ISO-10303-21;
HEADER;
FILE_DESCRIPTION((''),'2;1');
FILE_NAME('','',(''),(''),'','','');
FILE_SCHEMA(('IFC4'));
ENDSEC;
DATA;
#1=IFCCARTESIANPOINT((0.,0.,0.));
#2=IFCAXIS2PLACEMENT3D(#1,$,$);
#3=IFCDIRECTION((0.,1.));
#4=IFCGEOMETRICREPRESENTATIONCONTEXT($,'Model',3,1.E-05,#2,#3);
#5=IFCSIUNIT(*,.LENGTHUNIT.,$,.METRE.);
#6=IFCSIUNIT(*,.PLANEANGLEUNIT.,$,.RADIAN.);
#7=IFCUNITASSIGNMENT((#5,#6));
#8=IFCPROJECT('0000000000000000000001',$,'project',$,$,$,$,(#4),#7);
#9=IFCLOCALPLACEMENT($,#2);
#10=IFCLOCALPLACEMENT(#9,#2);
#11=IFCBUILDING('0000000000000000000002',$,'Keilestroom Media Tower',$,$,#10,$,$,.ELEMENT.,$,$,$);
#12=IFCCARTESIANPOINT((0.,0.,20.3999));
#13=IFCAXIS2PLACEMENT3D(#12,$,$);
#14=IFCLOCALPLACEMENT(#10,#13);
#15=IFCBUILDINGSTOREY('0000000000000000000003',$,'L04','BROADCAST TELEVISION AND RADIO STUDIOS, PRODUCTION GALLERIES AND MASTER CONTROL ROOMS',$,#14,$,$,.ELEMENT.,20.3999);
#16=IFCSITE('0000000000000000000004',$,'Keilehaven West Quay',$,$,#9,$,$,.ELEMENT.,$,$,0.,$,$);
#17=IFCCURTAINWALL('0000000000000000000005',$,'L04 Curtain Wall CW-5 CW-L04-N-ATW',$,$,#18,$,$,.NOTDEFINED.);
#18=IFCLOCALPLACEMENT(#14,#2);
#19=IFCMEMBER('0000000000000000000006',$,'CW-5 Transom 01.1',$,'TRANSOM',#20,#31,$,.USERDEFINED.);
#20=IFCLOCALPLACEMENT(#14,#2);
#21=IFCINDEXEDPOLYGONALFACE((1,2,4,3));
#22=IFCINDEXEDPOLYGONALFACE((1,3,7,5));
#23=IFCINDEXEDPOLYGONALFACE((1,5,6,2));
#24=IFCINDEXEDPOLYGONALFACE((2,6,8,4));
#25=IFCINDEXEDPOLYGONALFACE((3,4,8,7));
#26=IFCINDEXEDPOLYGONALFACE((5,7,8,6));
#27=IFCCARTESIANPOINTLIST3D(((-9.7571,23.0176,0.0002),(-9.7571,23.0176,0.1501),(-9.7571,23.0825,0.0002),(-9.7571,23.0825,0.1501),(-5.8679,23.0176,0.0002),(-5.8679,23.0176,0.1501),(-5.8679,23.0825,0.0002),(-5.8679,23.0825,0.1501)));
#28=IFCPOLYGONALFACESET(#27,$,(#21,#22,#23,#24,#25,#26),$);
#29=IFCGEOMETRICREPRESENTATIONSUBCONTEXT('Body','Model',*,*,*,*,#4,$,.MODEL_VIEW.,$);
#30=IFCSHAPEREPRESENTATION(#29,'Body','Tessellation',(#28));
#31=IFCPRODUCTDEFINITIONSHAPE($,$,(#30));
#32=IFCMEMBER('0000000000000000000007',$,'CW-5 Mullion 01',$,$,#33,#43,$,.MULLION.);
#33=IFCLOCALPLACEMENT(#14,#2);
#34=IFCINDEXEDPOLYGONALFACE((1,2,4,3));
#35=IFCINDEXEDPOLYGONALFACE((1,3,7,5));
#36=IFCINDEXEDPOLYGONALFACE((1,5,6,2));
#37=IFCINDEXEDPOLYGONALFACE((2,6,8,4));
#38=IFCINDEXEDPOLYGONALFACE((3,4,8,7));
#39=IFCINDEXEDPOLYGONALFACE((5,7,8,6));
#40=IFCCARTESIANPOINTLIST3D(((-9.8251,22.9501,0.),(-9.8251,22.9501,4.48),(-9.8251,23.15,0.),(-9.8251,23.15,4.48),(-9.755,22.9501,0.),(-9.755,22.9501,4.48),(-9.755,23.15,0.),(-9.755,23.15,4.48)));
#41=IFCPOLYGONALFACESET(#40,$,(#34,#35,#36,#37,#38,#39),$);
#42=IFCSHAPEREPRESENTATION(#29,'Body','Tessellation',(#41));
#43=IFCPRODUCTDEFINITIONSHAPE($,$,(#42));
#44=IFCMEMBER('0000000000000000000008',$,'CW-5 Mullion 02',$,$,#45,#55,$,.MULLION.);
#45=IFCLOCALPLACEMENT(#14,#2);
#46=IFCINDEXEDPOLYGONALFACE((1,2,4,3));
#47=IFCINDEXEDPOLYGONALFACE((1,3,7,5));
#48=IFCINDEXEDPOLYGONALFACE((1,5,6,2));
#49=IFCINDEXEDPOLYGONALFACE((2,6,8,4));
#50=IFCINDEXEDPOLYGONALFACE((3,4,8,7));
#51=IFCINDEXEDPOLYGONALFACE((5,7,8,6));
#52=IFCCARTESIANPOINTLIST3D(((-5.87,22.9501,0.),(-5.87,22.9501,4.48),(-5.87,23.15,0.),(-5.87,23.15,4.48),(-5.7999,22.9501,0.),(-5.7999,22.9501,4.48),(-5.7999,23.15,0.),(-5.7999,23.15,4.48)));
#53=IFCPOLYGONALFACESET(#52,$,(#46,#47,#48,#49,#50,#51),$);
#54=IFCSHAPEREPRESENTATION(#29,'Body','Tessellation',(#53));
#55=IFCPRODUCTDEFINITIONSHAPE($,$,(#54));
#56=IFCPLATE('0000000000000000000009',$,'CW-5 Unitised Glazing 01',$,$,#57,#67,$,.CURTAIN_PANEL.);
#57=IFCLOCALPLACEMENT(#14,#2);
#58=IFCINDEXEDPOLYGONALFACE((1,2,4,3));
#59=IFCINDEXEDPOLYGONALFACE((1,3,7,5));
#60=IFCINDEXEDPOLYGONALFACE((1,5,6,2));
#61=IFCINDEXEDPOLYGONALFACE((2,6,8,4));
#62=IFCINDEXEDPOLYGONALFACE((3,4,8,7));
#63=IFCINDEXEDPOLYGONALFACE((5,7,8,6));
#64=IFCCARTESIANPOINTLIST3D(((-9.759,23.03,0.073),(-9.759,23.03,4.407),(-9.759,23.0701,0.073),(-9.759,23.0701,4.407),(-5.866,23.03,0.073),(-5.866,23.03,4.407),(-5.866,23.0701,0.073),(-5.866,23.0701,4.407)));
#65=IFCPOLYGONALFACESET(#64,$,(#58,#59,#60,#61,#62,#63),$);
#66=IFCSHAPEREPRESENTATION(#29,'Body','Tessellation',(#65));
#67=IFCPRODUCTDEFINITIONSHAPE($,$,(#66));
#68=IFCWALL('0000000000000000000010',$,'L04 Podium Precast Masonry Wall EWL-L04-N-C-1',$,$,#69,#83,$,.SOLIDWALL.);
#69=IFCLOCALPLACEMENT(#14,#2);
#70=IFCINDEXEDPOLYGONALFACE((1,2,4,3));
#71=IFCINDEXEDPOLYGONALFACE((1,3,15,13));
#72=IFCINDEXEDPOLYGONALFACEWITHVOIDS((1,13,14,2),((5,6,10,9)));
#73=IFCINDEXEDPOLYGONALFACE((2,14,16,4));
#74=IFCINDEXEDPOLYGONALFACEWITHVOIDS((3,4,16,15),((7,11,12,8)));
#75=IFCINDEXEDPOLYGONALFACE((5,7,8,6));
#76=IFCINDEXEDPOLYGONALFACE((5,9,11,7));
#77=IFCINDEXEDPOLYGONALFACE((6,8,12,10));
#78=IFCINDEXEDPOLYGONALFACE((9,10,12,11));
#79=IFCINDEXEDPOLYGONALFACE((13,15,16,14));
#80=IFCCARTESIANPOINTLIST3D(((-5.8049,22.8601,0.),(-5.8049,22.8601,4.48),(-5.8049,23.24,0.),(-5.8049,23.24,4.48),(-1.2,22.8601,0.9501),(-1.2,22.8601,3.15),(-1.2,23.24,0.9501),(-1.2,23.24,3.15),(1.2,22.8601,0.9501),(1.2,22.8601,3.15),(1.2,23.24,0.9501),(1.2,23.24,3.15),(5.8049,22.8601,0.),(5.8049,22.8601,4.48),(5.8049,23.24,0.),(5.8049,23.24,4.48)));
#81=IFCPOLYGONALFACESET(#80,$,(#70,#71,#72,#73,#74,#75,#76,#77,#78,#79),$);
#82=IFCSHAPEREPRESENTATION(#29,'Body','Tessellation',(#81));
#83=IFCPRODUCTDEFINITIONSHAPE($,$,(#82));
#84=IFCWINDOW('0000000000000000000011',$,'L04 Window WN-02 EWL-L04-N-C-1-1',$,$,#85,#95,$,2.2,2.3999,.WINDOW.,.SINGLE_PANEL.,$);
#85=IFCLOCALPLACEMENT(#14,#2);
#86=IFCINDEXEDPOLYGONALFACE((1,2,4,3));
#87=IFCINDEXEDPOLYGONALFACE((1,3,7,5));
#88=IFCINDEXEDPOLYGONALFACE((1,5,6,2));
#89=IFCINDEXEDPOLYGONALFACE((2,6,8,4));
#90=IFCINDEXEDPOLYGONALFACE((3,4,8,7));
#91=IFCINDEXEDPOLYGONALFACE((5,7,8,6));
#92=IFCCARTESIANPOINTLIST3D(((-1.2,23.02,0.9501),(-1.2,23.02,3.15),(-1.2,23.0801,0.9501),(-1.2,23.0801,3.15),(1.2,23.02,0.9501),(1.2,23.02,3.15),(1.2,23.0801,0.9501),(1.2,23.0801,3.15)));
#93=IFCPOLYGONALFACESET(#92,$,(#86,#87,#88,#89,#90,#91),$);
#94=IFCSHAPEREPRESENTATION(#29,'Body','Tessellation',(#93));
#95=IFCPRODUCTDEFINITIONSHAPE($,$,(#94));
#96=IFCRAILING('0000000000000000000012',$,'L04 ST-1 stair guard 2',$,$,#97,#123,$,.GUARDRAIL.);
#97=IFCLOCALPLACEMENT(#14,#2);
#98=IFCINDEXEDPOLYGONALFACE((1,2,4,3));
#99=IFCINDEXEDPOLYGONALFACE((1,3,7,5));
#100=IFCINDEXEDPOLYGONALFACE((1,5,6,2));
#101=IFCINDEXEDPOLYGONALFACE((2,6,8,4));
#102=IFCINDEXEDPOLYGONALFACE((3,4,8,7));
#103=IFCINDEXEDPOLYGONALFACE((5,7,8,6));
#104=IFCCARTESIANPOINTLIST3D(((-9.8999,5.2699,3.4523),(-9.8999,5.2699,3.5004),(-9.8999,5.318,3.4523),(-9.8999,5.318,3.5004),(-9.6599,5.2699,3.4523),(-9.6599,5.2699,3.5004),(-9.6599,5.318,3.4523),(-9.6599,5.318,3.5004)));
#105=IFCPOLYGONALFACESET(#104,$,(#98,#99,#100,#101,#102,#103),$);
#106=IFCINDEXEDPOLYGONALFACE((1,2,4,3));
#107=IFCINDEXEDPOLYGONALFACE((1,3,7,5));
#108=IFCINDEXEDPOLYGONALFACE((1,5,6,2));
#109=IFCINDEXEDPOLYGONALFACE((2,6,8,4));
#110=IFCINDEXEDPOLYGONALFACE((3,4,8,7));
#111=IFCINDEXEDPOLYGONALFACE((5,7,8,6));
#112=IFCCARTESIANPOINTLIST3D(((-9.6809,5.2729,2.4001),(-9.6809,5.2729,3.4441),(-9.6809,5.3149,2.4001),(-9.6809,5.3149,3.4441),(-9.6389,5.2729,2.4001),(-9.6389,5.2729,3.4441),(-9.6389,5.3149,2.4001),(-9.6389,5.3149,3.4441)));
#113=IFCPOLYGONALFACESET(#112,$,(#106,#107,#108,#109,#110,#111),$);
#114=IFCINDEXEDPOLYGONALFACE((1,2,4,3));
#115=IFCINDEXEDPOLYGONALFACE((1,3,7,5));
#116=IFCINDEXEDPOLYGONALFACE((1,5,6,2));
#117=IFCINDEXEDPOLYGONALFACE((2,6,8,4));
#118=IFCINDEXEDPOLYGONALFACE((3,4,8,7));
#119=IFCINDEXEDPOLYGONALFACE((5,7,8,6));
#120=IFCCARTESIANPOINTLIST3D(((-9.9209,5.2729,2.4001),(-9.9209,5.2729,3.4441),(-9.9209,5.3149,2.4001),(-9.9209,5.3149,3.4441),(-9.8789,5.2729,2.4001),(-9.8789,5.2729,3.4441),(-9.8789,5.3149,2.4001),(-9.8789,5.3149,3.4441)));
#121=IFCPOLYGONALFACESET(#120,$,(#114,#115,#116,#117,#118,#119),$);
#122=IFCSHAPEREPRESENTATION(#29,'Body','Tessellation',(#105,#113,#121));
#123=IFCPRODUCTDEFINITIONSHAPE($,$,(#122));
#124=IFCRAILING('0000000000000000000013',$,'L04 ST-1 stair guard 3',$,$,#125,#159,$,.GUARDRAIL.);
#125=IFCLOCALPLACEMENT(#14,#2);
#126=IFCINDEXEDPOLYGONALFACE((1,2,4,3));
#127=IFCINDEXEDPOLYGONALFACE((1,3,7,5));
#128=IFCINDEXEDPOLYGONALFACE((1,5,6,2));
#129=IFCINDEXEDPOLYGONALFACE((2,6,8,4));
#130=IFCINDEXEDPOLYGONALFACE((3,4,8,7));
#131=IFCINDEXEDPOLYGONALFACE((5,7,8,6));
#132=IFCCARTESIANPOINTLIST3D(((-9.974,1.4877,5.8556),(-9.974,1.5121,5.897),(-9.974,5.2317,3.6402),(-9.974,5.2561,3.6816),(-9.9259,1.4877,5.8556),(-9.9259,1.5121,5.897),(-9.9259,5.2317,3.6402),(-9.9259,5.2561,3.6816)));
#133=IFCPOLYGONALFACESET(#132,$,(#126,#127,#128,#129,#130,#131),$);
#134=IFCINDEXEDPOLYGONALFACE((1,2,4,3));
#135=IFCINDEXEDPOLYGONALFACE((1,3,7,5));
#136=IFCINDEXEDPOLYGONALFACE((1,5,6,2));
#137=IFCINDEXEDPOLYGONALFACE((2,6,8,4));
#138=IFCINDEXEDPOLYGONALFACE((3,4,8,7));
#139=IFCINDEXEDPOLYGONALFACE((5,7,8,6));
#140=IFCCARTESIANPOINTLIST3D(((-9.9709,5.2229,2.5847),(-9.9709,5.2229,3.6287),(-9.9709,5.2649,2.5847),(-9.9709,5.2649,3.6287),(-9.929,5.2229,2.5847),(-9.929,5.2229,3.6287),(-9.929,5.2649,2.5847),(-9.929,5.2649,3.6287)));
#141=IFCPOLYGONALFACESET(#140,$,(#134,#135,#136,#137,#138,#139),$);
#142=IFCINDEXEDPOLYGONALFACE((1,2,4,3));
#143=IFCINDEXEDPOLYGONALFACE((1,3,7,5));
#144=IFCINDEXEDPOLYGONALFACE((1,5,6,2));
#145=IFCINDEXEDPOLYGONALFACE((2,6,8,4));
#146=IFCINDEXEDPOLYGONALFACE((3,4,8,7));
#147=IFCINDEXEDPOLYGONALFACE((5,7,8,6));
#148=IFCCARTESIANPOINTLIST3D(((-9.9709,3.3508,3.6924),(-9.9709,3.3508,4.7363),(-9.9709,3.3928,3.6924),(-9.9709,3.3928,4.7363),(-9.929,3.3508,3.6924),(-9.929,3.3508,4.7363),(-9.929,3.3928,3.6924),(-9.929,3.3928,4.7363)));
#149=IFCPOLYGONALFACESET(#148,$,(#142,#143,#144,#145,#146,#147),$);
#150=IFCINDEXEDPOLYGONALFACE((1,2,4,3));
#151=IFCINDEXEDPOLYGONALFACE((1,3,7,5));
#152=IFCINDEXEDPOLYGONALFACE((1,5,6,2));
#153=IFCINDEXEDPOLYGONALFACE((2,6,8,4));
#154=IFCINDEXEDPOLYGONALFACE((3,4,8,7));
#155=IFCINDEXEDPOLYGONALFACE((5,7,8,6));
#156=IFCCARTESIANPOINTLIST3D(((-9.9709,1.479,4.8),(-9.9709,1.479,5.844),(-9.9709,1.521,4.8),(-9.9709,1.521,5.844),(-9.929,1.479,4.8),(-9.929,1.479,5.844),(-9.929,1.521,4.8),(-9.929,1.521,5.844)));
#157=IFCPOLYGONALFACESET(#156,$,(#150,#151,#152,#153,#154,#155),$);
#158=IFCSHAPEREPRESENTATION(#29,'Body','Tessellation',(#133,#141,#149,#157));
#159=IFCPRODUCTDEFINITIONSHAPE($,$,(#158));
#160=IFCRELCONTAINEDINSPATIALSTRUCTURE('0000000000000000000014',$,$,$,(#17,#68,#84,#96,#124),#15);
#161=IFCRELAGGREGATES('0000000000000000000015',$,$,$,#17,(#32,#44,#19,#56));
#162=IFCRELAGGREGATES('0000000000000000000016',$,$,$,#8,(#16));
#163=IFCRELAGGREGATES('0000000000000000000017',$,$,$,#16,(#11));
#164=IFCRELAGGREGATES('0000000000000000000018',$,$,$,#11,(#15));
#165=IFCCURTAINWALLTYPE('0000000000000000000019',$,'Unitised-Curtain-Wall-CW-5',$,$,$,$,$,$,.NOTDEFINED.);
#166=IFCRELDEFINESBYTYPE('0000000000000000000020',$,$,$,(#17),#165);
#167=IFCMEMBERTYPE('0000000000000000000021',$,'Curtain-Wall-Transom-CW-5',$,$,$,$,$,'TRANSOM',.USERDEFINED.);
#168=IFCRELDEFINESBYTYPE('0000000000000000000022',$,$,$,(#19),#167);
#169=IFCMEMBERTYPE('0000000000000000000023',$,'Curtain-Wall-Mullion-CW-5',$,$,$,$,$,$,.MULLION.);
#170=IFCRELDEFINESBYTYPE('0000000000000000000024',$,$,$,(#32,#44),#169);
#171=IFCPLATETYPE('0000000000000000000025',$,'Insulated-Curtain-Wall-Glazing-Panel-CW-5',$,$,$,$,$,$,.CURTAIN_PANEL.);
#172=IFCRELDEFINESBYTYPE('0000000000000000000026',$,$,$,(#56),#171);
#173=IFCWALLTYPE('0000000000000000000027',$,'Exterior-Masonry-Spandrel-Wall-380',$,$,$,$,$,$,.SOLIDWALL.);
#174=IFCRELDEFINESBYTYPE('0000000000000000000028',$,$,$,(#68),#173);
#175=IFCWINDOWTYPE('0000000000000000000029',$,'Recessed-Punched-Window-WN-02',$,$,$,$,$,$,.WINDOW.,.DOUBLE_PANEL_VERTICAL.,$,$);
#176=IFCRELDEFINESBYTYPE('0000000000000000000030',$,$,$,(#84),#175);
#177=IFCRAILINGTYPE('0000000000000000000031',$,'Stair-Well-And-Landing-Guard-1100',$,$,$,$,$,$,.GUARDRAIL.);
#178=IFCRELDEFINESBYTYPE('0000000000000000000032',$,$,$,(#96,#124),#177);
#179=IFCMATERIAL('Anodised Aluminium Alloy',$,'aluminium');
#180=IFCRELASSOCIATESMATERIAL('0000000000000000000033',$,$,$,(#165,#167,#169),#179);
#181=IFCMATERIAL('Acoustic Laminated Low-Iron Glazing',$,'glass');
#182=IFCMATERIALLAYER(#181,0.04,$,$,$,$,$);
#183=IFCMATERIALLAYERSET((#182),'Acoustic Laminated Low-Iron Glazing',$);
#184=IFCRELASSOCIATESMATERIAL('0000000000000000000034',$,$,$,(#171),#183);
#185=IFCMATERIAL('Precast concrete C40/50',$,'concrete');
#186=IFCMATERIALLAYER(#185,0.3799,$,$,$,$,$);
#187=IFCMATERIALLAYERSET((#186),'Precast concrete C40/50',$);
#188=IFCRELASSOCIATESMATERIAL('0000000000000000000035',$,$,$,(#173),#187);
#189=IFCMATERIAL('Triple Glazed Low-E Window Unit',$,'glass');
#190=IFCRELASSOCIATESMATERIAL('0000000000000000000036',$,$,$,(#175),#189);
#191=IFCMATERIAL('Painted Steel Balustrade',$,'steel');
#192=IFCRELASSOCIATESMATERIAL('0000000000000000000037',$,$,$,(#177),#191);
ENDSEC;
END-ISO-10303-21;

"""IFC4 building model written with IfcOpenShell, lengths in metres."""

from ifc_helpers import new_model, si_unit, direction, frame, frame_2d, origin, origin_2d, place, context, subcontext, project, spatial, rectangle, extrude, source, transform, mapped, material, layer, layer_set, material_profile, profile_set, type_object, element, fill, aggregate, save


model = new_model("IFC4")

# Units and contexts
model_context = context("Model", 3, precision=1e-05, world=origin(), true_north=direction((0.0, 1.0)))
body_context = subcontext(model_context, "Body", "Model", "MODEL_VIEW")
ifc_project = project(units=[si_unit("LENGTHUNIT", "METRE"), si_unit("PLANEANGLEUNIT", "RADIAN")], contexts=[model_context])

# Site, building, storey
site_placement = place(None, origin())
site = spatial("IfcSite", under=ifc_project, at=site_placement, Name="Keilehaven West Quay", CompositionType="ELEMENT", RefElevation=0.0)
building_placement = place(site_placement, origin())
building = spatial("IfcBuilding", under=site, at=building_placement, Name="Keilestroom Media Tower", CompositionType="ELEMENT")
storey_placement = place(building_placement, frame((0.0, 0.0, 20.3999)))
storey = spatial("IfcBuildingStorey", under=building, at=storey_placement, Name="L04", Description="BROADCAST TELEVISION AND RADIO STUDIOS, PRODUCTION GALLERIES AND MASTER CONTROL ROOMS", CompositionType="ELEMENT", Elevation=20.3999)

# Curtain wall, members, plate
ifc_material_1 = material(Name="Anodised Aluminium Alloy", Category="aluminium")
curtain_wall_type = type_object("IfcCurtainWallType", Name="Unitised-Curtain-Wall-CW-5", PredefinedType="NOTDEFINED", material=ifc_material_1)
curtain_wall_placement = place(storey_placement, origin())
curtain_wall = element("IfcCurtainWall", 1, at=curtain_wall_placement, inside=storey, type_object=curtain_wall_type, Name="L04 Curtain Wall CW-5 CW-L04-N-ATW", PredefinedType="NOTDEFINED")
ifc_material_profile_1 = material_profile(ifc_material_1, rectangle(XDim=0.0649, YDim=0.1499, at=origin_2d()), Name="ALU TRANSOM 65x150")
ifc_profile_set_1 = profile_set([ifc_material_profile_1], Name="Anodised Aluminium Alloy")
member_type_1 = type_object("IfcMemberType", Name="Curtain-Wall-Transom-CW-5", ElementType="TRANSOM", PredefinedType="USERDEFINED", material=ifc_profile_set_1)
shared_shape_1 = source(origin(), body_context, "Body", "SweptSolid", [
    extrude(rectangle(XDim=0.0649, YDim=0.1499, at=origin_2d()), origin(), (0.0, 0.0, 1.0), 3.8892),
])
member_1_placement = place(storey_placement, frame((-9.7571, 23.05, 0.0752), z_axis=(1.0, 0.0, 0.0), x_axis=(0.0, 1.0, 0.0)))
member_1 = element("IfcMember", 2, at=member_1_placement, type_object=member_type_1, Name="CW-5 Transom 01.1", ObjectType="TRANSOM", PredefinedType="USERDEFINED", context=body_context, shape_type="MappedRepresentation", body=[
    mapped(shared_shape_1, transform((0.0, 0.0, 0.0), x_axis=(1.0, 0.0, 0.0), y_axis=(0.0, 1.0, 0.0), z_axis=(0.0, 0.0, 1.0), scale=1.0)),
])
ifc_material_profile_2 = material_profile(ifc_material_1, rectangle(XDim=0.0701, YDim=0.2, at=origin_2d()), Name="ALU MULLION 70x200")
ifc_profile_set_2 = profile_set([ifc_material_profile_2], Name="Anodised Aluminium Alloy")
member_type_2 = type_object("IfcMemberType", Name="Curtain-Wall-Mullion-CW-5", PredefinedType="MULLION", material=ifc_profile_set_2)
shared_shape_2 = source(origin(), body_context, "Body", "SweptSolid", [
    extrude(rectangle(XDim=0.0701, YDim=0.2, at=origin_2d()), origin(), (0.0, 0.0, 1.0), 4.48),
])
member_2_placement = place(storey_placement, frame((-9.79, 23.05, 0.0), z_axis=(0.0, 0.0, 1.0), x_axis=(1.0, 0.0, 0.0)))
member_2 = element("IfcMember", 3, at=member_2_placement, type_object=member_type_2, Name="CW-5 Mullion 01", PredefinedType="MULLION", context=body_context, shape_type="MappedRepresentation", body=[
    mapped(shared_shape_2, transform((0.0, 0.0, 0.0), x_axis=(1.0, 0.0, 0.0), y_axis=(0.0, 1.0, 0.0), z_axis=(0.0, 0.0, 1.0), scale=1.0)),
])
member_3_placement = place(storey_placement, frame((-5.835, 23.05, 0.0), z_axis=(0.0, 0.0, 1.0), x_axis=(1.0, 0.0, 0.0)))
member_3 = element("IfcMember", 4, at=member_3_placement, type_object=member_type_2, Name="CW-5 Mullion 02", PredefinedType="MULLION", context=body_context, shape_type="MappedRepresentation", body=[
    mapped(shared_shape_2, transform((0.0, 0.0, 0.0), x_axis=(1.0, 0.0, 0.0), y_axis=(0.0, 1.0, 0.0), z_axis=(0.0, 0.0, 1.0), scale=1.0)),
])
ifc_material_2 = material(Name="Acoustic Laminated Low-Iron Glazing", Category="glass")
ifc_layer_1 = layer(ifc_material_2, 0.04)
ifc_layer_set_1 = layer_set([ifc_layer_1], Name="Acoustic Laminated Low-Iron Glazing")
plate_type = type_object("IfcPlateType", Name="Insulated-Curtain-Wall-Glazing-Panel-CW-5", PredefinedType="CURTAIN_PANEL", material=ifc_layer_set_1)
shared_shape_3 = source(origin(), body_context, "Body", "SweptSolid", [
    extrude(rectangle(XDim=3.8931, YDim=0.04, at=origin_2d()), origin(), (0.0, 0.0, 1.0), 4.334),
])
plate_placement = place(storey_placement, frame((-7.8125, 23.05, 0.073), z_axis=(0.0, 0.0, 1.0), x_axis=(1.0, 0.0, 0.0)))
plate = element("IfcPlate", 5, at=plate_placement, type_object=plate_type, Name="CW-5 Unitised Glazing 01", PredefinedType="CURTAIN_PANEL", context=body_context, shape_type="MappedRepresentation", body=[
    mapped(shared_shape_3, transform((0.0, 0.0, 0.0), x_axis=(1.0, 0.0, 0.0), y_axis=(0.0, 1.0, 0.0), z_axis=(0.0, 0.0, 1.0), scale=1.0)),
])
aggregate(curtain_wall, [member_2, member_3, member_1, plate])

# Wall, opening, window
ifc_material_3 = material(Name="Precast concrete C40/50", Category="concrete")
ifc_layer_2 = layer(ifc_material_3, 0.3799)
ifc_layer_set_2 = layer_set([ifc_layer_2], Name="Precast concrete C40/50")
wall_type = type_object("IfcWallType", Name="Exterior-Masonry-Spandrel-Wall-380", PredefinedType="SOLIDWALL", material=ifc_layer_set_2)
wall_placement = place(storey_placement, frame((-5.8049, 23.05, 0.0), z_axis=(0.0, 0.0, 1.0), x_axis=(1.0, 0.0, 0.0)))
wall = element("IfcWall", 6, at=wall_placement, inside=storey, type_object=wall_type, Name="L04 Podium Precast Masonry Wall EWL-L04-N-C-1", PredefinedType="SOLIDWALL", context=body_context, shape_type="SweptSolid", body=[
    extrude(rectangle(XDim=11.6099, YDim=0.3799, at=frame_2d((5.8049, 0.0))), origin(), (0.0, 0.0, 1.0), 4.48),
])
opening_placement = place(wall_placement, frame((4.605, 0.0, 0.95)))
opening = element("IfcOpeningElement", 7, at=opening_placement, cuts=wall, PredefinedType="OPENING", context=body_context, shape_type="SweptSolid", body=[
    extrude(rectangle(XDim=2.3999, YDim=2.2, at=frame_2d((1.2, 1.1001))), frame((0.0, 0.2, 0.0), z_axis=(0.0, -1.0, 0.0), x_axis=(1.0, 0.0, 0.0)), (0.0, 0.0, 1.0), 0.3999),
])
ifc_material_4 = material(Name="Triple Glazed Low-E Window Unit", Category="glass")
window_type = type_object("IfcWindowType", Name="Recessed-Punched-Window-WN-02", PartitioningType="DOUBLE_PANEL_VERTICAL", PredefinedType="WINDOW", material=ifc_material_4)
shared_shape_4 = source(origin(), body_context, "Body", "SweptSolid", [
    extrude(rectangle(XDim=2.3999, YDim=2.2, at=frame_2d((1.2, 1.1001))), frame((0.0, 0.03, 0.0), z_axis=(0.0, -1.0, 0.0), x_axis=(1.0, 0.0, 0.0)), (0.0, 0.0, 1.0), 0.0601),
])
window_placement = place(opening_placement, origin())
window = element("IfcWindow", 8, at=window_placement, inside=storey, type_object=window_type, Name="L04 Window WN-02 EWL-L04-N-C-1-1", OverallHeight=2.2, OverallWidth=2.3999, PartitioningType="SINGLE_PANEL", PredefinedType="WINDOW", context=body_context, shape_type="MappedRepresentation", body=[
    mapped(shared_shape_4, transform((0.0, 0.0, 0.0), x_axis=(1.0, 0.0, 0.0), y_axis=(0.0, 1.0, 0.0), z_axis=(0.0, 0.0, 1.0), scale=1.0)),
])
fill(opening, window)

# Railings
ifc_material_5 = material(Name="Painted Steel Balustrade", Category="steel")
railing_type = type_object("IfcRailingType", Name="Stair-Well-And-Landing-Guard-1100", PredefinedType="GUARDRAIL", material=ifc_material_5)
railing_1_placement = place(storey_placement, frame((-9.6599, 5.2939, 2.4001)))
element("IfcRailing", 9, at=railing_1_placement, inside=storey, type_object=railing_type, Name="L04 ST-1 stair guard 2", PredefinedType="GUARDRAIL", context=body_context, shape_type="SweptSolid", body=[
    extrude(rectangle(XDim=0.0481, YDim=0.0481, at=origin_2d()), frame((0.0, 0.0, 1.0762), z_axis=(-1.0, 0.0, 0.0), x_axis=(0.0, -1.0, 0.0)), (0.0, 0.0, 1.0), 0.24),
    extrude(rectangle(XDim=0.042, YDim=0.042, at=origin_2d()), origin(), (0.0, 0.0, 1.0), 1.0439),
    extrude(rectangle(XDim=0.042, YDim=0.042, at=origin_2d()), frame((-0.24, 0.0, 0.0)), (0.0, 0.0, 1.0), 1.0439),
])
railing_2_placement = place(storey_placement, frame((-9.95, 5.2439, 2.5847)))
element("IfcRailing", 10, at=railing_2_placement, inside=storey, type_object=railing_type, Name="L04 ST-1 stair guard 3", PredefinedType="GUARDRAIL", context=body_context, shape_type="SweptSolid", body=[
    extrude(rectangle(XDim=0.0481, YDim=0.0481, at=origin_2d()), frame((0.0, 0.0, 1.0762), z_axis=(0.0, -0.860621, 0.509245), x_axis=(1.0, 0.0, 0.0)), (0.0, 0.0, 1.0), 4.3503),
    extrude(rectangle(XDim=0.042, YDim=0.042, at=origin_2d()), origin(), (0.0, 0.0, 1.0), 1.0439),
    extrude(rectangle(XDim=0.042, YDim=0.042, at=origin_2d()), frame((0.0, -1.8721, 1.1077)), (0.0, 0.0, 1.0), 1.0439),
    extrude(rectangle(XDim=0.042, YDim=0.042, at=origin_2d()), frame((0.0, -3.7439, 2.2153)), (0.0, 0.0, 1.0), 1.0439),
])

save(model, "model.ifc")
